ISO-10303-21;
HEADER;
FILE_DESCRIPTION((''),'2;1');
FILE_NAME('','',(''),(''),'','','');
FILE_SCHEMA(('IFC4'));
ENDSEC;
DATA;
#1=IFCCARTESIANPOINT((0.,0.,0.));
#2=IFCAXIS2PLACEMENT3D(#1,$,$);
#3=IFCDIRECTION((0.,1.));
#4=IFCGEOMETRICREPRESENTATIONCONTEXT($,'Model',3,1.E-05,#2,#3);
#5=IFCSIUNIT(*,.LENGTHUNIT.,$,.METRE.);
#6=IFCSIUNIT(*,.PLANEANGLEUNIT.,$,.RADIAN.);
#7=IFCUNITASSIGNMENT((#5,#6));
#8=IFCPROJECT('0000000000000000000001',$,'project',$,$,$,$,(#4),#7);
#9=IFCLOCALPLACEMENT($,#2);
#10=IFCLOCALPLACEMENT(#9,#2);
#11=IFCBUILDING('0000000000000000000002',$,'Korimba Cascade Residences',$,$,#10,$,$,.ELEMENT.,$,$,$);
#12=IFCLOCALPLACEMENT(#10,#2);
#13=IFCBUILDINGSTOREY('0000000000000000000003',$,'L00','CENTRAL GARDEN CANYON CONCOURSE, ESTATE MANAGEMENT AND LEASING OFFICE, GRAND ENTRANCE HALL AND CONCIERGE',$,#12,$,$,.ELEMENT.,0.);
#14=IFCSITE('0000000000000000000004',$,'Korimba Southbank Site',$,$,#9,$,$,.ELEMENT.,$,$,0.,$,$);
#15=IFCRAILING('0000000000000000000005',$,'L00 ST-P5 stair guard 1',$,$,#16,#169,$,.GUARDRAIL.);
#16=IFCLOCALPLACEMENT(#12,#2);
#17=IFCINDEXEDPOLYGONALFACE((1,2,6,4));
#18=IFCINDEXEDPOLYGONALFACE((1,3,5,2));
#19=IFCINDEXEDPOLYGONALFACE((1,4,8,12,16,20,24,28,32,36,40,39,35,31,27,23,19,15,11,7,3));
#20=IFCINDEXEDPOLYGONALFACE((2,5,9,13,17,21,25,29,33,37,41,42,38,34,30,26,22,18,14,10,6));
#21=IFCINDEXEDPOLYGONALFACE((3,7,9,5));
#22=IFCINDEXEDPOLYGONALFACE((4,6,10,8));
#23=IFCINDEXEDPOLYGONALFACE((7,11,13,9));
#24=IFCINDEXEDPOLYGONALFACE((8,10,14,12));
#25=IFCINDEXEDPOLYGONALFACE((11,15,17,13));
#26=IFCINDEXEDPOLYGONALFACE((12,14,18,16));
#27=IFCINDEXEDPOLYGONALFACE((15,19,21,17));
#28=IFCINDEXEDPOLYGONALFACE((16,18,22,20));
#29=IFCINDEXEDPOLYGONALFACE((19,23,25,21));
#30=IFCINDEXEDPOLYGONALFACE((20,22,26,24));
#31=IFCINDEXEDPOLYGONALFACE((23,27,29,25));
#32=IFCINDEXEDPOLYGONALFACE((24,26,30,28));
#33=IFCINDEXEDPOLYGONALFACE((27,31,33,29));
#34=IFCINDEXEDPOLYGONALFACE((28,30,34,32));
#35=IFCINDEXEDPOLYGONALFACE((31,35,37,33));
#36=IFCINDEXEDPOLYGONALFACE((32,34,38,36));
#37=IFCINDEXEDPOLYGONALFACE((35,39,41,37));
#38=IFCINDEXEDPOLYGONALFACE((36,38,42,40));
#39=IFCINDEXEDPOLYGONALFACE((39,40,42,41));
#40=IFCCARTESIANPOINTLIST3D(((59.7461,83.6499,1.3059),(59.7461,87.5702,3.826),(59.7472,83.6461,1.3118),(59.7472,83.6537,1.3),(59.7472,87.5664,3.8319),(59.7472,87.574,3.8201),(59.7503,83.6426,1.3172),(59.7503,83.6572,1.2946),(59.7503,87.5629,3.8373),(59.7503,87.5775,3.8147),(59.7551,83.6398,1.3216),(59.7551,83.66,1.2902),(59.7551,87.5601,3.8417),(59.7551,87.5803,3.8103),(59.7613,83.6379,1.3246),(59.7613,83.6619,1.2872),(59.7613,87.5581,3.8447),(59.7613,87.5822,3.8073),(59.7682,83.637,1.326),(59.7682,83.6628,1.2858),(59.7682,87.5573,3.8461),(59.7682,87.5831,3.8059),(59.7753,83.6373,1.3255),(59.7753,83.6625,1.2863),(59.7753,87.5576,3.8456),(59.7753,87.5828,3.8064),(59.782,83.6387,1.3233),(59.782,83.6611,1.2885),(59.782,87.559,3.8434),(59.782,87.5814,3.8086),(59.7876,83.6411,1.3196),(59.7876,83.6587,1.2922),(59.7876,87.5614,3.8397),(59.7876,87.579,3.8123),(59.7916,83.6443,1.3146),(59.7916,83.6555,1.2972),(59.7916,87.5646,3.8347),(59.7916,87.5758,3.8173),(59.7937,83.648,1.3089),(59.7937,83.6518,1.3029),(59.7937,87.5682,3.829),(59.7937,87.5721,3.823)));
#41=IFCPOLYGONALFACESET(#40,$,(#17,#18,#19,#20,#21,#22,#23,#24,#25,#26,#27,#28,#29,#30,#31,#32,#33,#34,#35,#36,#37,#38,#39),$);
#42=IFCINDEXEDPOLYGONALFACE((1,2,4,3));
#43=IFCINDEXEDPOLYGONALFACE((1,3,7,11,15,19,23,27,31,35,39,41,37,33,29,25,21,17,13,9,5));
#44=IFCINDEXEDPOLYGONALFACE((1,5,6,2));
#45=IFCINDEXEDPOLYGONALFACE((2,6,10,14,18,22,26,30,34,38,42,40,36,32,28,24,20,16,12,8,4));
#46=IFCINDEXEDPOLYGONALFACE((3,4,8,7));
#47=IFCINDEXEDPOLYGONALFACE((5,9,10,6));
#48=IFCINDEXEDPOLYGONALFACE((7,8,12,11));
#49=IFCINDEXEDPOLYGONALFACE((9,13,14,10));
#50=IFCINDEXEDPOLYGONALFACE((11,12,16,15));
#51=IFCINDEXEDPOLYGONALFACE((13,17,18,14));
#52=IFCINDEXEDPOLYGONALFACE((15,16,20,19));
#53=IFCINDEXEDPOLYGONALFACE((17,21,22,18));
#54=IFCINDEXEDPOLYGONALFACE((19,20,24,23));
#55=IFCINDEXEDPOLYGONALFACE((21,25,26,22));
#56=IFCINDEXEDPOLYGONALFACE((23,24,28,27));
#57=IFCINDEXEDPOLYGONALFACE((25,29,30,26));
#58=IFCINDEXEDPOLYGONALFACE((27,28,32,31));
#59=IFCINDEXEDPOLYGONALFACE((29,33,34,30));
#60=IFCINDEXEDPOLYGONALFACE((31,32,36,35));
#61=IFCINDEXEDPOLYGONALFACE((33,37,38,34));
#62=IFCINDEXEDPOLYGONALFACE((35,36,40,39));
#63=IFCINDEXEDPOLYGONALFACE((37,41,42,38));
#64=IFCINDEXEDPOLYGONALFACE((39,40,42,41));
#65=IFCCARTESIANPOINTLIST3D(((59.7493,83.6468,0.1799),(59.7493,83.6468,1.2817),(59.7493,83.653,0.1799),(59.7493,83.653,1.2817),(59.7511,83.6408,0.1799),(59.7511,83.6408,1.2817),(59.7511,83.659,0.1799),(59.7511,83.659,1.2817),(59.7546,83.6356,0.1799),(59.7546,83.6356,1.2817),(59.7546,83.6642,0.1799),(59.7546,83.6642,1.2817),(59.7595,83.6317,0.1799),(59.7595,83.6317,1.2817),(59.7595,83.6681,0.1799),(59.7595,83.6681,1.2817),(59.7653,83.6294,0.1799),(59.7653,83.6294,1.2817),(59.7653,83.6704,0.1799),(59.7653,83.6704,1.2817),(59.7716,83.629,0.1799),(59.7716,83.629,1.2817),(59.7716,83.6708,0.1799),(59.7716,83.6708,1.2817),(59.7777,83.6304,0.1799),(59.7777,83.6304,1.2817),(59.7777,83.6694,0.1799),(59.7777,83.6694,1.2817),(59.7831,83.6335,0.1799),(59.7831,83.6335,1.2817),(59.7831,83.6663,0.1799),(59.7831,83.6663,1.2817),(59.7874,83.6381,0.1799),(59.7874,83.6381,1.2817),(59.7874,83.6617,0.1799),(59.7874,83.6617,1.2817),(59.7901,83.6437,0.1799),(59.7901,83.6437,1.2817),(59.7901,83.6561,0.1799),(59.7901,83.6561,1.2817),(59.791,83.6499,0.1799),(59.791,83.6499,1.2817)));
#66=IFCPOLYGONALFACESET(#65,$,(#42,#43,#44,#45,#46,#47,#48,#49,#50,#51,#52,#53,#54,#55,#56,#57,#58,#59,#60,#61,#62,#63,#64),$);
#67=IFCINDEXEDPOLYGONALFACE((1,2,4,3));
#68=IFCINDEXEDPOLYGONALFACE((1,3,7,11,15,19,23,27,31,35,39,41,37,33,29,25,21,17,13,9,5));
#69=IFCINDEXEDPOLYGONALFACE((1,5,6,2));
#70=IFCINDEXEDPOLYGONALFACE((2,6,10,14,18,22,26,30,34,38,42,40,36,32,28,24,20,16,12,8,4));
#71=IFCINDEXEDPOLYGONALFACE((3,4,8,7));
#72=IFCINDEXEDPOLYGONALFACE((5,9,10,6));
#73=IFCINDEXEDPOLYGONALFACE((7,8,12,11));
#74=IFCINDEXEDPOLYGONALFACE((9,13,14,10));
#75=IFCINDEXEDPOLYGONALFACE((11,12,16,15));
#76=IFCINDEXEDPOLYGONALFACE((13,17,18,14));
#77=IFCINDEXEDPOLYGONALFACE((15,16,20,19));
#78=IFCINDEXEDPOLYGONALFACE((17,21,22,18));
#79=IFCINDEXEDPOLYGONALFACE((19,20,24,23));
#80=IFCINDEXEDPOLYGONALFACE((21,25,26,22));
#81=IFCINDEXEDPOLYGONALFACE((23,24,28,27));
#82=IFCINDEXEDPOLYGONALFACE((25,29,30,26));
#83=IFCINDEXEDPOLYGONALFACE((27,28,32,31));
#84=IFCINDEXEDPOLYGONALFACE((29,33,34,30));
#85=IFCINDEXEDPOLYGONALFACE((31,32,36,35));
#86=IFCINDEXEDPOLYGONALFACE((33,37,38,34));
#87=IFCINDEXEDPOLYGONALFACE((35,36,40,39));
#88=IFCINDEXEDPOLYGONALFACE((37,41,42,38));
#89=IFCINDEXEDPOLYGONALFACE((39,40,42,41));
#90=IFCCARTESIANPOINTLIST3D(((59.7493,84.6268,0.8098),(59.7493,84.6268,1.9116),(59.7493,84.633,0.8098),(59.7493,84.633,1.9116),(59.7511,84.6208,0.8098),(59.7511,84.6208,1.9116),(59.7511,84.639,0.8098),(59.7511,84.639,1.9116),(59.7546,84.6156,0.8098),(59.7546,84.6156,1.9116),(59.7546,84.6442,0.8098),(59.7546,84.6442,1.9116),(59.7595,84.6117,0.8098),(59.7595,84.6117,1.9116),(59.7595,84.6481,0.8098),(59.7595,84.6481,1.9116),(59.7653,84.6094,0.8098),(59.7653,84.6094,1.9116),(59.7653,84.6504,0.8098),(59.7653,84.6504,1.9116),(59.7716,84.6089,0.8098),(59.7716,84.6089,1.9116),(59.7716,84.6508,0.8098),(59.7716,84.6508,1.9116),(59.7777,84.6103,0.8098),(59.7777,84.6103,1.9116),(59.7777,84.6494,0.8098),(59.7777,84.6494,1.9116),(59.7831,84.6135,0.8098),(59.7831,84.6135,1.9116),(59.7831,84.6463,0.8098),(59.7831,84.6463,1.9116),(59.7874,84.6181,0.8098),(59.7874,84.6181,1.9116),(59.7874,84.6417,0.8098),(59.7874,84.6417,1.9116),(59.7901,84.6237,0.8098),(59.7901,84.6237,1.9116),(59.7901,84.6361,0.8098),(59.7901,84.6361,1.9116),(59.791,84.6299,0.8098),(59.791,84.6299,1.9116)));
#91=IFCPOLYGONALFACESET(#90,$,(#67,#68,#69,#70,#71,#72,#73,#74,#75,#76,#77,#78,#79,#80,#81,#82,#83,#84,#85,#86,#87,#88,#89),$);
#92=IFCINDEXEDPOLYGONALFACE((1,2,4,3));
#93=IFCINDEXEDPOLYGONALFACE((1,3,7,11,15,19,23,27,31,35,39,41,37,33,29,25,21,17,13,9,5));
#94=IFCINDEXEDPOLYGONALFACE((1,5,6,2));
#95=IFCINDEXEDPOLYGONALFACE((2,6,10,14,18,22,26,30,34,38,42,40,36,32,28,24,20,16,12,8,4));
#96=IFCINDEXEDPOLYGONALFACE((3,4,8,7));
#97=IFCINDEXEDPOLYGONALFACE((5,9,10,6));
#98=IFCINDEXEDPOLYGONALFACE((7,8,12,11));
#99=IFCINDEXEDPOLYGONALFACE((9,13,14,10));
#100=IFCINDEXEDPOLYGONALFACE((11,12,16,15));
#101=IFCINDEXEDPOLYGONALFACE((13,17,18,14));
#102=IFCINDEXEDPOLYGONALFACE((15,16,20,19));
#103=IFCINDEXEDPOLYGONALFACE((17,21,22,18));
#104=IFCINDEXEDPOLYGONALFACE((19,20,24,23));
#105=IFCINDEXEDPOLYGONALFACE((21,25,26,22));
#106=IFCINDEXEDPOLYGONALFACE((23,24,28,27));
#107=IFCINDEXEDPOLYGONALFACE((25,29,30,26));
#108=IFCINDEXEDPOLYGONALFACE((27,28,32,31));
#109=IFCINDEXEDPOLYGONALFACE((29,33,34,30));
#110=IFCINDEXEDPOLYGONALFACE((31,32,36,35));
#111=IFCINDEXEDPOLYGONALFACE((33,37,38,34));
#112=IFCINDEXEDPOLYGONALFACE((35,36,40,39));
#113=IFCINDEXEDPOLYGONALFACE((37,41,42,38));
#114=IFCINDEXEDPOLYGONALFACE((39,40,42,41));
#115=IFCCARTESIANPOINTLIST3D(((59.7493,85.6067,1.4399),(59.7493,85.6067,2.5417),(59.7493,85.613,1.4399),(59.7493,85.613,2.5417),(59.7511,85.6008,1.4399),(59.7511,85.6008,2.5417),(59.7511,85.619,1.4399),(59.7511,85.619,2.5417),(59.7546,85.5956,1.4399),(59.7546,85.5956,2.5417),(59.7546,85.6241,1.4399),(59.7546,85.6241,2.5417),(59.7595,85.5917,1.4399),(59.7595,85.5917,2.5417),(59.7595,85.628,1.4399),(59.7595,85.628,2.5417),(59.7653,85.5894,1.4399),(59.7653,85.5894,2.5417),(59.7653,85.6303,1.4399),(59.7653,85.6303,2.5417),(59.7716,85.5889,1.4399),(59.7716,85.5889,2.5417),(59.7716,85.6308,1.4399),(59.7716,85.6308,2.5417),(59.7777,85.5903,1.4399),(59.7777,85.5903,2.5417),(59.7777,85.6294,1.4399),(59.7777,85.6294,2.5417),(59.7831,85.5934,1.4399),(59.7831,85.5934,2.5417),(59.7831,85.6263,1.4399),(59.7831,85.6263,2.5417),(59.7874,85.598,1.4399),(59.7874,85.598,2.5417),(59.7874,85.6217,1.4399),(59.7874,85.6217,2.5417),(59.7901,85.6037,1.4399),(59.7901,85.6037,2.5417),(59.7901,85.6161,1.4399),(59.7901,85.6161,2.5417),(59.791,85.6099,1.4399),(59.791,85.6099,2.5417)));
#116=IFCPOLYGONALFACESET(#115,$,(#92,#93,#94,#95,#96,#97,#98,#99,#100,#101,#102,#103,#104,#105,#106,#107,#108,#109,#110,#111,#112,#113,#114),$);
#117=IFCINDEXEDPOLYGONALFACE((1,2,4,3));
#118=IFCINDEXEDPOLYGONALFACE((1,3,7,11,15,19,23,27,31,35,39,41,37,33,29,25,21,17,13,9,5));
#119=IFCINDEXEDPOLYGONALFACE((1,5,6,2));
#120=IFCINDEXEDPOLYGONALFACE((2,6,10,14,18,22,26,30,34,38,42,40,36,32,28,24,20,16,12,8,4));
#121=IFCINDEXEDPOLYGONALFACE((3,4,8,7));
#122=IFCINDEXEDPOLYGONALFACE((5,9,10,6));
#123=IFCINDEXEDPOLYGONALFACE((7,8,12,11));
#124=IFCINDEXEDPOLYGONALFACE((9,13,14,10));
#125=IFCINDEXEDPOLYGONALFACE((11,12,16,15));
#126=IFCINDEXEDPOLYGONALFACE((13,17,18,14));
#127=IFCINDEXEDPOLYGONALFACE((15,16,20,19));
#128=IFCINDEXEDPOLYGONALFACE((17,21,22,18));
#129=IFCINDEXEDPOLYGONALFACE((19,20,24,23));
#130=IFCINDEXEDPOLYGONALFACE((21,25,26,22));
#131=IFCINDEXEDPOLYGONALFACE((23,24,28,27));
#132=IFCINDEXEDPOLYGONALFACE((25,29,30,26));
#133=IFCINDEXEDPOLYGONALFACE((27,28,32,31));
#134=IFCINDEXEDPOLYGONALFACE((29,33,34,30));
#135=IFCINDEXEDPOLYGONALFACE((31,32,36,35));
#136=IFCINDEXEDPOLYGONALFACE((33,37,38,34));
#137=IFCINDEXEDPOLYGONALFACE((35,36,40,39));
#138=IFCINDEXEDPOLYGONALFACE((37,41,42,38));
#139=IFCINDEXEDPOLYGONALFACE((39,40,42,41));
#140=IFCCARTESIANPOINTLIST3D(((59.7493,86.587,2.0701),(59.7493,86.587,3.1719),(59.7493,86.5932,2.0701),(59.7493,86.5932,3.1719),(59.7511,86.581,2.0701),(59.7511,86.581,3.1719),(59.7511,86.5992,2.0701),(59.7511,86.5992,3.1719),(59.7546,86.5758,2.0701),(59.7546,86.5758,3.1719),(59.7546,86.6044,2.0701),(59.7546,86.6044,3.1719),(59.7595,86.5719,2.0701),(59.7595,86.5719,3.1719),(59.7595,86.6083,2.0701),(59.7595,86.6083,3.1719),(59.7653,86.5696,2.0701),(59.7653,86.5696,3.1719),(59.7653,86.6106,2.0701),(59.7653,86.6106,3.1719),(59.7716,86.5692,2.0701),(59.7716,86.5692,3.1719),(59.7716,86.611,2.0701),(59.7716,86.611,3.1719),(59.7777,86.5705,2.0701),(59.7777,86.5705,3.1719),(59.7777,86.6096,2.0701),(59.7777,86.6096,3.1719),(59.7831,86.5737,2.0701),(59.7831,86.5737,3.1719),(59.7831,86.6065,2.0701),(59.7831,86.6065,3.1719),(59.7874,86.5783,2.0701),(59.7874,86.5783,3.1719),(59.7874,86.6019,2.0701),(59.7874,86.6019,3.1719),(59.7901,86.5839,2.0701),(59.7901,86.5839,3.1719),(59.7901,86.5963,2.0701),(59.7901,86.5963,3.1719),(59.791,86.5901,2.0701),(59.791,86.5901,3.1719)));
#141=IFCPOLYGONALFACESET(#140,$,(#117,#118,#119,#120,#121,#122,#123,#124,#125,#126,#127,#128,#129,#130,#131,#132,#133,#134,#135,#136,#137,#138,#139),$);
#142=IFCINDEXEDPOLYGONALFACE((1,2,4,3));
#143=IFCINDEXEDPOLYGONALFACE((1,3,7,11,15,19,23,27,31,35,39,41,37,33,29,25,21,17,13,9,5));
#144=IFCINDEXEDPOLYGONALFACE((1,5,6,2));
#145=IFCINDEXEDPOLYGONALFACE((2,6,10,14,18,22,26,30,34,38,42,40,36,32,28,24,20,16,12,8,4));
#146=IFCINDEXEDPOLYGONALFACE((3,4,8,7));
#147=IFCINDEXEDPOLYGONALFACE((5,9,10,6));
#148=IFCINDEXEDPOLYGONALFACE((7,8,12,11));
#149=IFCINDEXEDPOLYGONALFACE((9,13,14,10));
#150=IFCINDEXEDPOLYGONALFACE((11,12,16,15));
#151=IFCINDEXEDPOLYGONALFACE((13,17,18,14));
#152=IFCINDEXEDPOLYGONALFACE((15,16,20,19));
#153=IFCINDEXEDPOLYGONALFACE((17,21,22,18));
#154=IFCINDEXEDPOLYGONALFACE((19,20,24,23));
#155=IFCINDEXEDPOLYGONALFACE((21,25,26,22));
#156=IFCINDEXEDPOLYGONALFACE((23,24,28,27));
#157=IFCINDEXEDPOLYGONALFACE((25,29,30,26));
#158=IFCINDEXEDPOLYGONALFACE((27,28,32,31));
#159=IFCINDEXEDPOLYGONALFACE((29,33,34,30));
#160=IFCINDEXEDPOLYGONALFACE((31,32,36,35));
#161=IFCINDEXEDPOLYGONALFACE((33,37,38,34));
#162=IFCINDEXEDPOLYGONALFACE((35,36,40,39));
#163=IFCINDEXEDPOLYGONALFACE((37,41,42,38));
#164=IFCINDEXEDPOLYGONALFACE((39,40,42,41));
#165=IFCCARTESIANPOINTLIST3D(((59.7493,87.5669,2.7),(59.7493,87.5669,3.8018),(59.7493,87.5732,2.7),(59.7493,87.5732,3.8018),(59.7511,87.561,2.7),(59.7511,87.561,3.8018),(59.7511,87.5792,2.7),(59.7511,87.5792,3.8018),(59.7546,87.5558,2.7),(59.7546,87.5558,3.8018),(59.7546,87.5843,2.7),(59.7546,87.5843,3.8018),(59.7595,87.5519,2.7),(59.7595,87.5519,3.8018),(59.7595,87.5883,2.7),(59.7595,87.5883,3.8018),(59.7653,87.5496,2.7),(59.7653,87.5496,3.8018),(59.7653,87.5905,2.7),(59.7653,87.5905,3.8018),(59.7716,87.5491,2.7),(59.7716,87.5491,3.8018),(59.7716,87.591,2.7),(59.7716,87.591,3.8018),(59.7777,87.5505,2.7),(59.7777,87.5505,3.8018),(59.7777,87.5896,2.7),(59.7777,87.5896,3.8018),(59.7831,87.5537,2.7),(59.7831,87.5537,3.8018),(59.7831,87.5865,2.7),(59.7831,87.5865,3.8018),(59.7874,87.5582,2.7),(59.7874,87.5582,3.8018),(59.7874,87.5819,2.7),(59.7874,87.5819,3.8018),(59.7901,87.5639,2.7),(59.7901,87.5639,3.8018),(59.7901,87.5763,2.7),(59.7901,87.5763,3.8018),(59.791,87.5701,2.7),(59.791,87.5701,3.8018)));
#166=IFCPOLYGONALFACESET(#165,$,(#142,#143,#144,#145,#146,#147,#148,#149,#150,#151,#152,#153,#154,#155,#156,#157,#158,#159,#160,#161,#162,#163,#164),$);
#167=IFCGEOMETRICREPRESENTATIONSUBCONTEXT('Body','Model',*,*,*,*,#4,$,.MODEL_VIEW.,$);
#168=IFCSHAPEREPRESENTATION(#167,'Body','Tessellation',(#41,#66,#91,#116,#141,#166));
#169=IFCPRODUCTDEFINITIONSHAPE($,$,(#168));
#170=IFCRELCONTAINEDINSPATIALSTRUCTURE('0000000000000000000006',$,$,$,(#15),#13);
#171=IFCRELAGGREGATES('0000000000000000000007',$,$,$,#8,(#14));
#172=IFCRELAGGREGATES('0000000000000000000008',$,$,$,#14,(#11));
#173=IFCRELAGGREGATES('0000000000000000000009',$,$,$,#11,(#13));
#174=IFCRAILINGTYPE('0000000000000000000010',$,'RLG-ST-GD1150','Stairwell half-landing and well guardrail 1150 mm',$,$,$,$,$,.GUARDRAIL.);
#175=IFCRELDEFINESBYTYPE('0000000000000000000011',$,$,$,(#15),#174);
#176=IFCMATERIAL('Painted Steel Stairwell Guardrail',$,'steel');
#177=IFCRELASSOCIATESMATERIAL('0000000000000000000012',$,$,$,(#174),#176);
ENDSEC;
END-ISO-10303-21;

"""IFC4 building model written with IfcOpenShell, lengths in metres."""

from ifc_helpers import new_model, si_unit, direction, frame, origin, origin_2d, place, context, subcontext, project, spatial, circle, extrude, material, type_object, element, save


model = new_model("IFC4")

# Units and contexts
model_context = context("Model", 3, precision=1e-05, world=origin(), true_north=direction((0.0, 1.0)))
body_context = subcontext(model_context, "Body", "Model", "MODEL_VIEW")
ifc_project = project(units=[si_unit("LENGTHUNIT", "METRE"), si_unit("PLANEANGLEUNIT", "RADIAN")], contexts=[model_context])

# Site, building, storey
site_placement = place(None, origin())
site = spatial("IfcSite", under=ifc_project, at=site_placement, Name="Korimba Southbank Site", CompositionType="ELEMENT", RefElevation=0.0)
building_placement = place(site_placement, origin())
building = spatial("IfcBuilding", under=site, at=building_placement, Name="Korimba Cascade Residences", CompositionType="ELEMENT")
storey_placement = place(building_placement, origin())
storey = spatial("IfcBuildingStorey", under=building, at=storey_placement, Name="L00", Description="CENTRAL GARDEN CANYON CONCOURSE, ESTATE MANAGEMENT AND LEASING OFFICE, GRAND ENTRANCE HALL AND CONCIERGE", CompositionType="ELEMENT", Elevation=0.0)

# Railing
ifc_material_1 = material(Name="Painted Steel Stairwell Guardrail", Category="steel")
railing_type_1 = type_object("IfcRailingType", Name="RLG-ST-GD1150", Description="Stairwell half-landing and well guardrail 1150 mm", PredefinedType="GUARDRAIL", material=ifc_material_1)
railing_1_placement = place(storey_placement, frame((59.77, 83.6499, 0.1799)))
element("IfcRailing", 1, at=railing_1_placement, inside=storey, type_object=railing_type_1, Name="L00 ST-P5 stair guard 1", PredefinedType="GUARDRAIL", context=body_context, shape_type="SweptSolid", body=[
    extrude(circle(Radius=0.0239, at=origin_2d()), frame((0.0, 0.0, 1.126), z_axis=(0.0, 0.841187, 0.540744), x_axis=(-1.0, 0.0, 0.0)), (0.0, 0.0, 1.0), 4.6604),
    extrude(circle(Radius=0.021, at=origin_2d()), origin(), (0.0, 0.0, 1.0), 1.1018),
    extrude(circle(Radius=0.021, at=origin_2d()), frame((0.0, 0.98, 0.6299)), (0.0, 0.0, 1.0), 1.1018),
    extrude(circle(Radius=0.021, at=origin_2d()), frame((0.0, 1.96, 1.26)), (0.0, 0.0, 1.0), 1.1018),
    extrude(circle(Radius=0.021, at=origin_2d()), frame((0.0, 2.9402, 1.8901)), (0.0, 0.0, 1.0), 1.1018),
    extrude(circle(Radius=0.021, at=origin_2d()), frame((0.0, 3.9202, 2.52)), (0.0, 0.0, 1.0), 1.1018),
])

save(model, "model.ifc")
